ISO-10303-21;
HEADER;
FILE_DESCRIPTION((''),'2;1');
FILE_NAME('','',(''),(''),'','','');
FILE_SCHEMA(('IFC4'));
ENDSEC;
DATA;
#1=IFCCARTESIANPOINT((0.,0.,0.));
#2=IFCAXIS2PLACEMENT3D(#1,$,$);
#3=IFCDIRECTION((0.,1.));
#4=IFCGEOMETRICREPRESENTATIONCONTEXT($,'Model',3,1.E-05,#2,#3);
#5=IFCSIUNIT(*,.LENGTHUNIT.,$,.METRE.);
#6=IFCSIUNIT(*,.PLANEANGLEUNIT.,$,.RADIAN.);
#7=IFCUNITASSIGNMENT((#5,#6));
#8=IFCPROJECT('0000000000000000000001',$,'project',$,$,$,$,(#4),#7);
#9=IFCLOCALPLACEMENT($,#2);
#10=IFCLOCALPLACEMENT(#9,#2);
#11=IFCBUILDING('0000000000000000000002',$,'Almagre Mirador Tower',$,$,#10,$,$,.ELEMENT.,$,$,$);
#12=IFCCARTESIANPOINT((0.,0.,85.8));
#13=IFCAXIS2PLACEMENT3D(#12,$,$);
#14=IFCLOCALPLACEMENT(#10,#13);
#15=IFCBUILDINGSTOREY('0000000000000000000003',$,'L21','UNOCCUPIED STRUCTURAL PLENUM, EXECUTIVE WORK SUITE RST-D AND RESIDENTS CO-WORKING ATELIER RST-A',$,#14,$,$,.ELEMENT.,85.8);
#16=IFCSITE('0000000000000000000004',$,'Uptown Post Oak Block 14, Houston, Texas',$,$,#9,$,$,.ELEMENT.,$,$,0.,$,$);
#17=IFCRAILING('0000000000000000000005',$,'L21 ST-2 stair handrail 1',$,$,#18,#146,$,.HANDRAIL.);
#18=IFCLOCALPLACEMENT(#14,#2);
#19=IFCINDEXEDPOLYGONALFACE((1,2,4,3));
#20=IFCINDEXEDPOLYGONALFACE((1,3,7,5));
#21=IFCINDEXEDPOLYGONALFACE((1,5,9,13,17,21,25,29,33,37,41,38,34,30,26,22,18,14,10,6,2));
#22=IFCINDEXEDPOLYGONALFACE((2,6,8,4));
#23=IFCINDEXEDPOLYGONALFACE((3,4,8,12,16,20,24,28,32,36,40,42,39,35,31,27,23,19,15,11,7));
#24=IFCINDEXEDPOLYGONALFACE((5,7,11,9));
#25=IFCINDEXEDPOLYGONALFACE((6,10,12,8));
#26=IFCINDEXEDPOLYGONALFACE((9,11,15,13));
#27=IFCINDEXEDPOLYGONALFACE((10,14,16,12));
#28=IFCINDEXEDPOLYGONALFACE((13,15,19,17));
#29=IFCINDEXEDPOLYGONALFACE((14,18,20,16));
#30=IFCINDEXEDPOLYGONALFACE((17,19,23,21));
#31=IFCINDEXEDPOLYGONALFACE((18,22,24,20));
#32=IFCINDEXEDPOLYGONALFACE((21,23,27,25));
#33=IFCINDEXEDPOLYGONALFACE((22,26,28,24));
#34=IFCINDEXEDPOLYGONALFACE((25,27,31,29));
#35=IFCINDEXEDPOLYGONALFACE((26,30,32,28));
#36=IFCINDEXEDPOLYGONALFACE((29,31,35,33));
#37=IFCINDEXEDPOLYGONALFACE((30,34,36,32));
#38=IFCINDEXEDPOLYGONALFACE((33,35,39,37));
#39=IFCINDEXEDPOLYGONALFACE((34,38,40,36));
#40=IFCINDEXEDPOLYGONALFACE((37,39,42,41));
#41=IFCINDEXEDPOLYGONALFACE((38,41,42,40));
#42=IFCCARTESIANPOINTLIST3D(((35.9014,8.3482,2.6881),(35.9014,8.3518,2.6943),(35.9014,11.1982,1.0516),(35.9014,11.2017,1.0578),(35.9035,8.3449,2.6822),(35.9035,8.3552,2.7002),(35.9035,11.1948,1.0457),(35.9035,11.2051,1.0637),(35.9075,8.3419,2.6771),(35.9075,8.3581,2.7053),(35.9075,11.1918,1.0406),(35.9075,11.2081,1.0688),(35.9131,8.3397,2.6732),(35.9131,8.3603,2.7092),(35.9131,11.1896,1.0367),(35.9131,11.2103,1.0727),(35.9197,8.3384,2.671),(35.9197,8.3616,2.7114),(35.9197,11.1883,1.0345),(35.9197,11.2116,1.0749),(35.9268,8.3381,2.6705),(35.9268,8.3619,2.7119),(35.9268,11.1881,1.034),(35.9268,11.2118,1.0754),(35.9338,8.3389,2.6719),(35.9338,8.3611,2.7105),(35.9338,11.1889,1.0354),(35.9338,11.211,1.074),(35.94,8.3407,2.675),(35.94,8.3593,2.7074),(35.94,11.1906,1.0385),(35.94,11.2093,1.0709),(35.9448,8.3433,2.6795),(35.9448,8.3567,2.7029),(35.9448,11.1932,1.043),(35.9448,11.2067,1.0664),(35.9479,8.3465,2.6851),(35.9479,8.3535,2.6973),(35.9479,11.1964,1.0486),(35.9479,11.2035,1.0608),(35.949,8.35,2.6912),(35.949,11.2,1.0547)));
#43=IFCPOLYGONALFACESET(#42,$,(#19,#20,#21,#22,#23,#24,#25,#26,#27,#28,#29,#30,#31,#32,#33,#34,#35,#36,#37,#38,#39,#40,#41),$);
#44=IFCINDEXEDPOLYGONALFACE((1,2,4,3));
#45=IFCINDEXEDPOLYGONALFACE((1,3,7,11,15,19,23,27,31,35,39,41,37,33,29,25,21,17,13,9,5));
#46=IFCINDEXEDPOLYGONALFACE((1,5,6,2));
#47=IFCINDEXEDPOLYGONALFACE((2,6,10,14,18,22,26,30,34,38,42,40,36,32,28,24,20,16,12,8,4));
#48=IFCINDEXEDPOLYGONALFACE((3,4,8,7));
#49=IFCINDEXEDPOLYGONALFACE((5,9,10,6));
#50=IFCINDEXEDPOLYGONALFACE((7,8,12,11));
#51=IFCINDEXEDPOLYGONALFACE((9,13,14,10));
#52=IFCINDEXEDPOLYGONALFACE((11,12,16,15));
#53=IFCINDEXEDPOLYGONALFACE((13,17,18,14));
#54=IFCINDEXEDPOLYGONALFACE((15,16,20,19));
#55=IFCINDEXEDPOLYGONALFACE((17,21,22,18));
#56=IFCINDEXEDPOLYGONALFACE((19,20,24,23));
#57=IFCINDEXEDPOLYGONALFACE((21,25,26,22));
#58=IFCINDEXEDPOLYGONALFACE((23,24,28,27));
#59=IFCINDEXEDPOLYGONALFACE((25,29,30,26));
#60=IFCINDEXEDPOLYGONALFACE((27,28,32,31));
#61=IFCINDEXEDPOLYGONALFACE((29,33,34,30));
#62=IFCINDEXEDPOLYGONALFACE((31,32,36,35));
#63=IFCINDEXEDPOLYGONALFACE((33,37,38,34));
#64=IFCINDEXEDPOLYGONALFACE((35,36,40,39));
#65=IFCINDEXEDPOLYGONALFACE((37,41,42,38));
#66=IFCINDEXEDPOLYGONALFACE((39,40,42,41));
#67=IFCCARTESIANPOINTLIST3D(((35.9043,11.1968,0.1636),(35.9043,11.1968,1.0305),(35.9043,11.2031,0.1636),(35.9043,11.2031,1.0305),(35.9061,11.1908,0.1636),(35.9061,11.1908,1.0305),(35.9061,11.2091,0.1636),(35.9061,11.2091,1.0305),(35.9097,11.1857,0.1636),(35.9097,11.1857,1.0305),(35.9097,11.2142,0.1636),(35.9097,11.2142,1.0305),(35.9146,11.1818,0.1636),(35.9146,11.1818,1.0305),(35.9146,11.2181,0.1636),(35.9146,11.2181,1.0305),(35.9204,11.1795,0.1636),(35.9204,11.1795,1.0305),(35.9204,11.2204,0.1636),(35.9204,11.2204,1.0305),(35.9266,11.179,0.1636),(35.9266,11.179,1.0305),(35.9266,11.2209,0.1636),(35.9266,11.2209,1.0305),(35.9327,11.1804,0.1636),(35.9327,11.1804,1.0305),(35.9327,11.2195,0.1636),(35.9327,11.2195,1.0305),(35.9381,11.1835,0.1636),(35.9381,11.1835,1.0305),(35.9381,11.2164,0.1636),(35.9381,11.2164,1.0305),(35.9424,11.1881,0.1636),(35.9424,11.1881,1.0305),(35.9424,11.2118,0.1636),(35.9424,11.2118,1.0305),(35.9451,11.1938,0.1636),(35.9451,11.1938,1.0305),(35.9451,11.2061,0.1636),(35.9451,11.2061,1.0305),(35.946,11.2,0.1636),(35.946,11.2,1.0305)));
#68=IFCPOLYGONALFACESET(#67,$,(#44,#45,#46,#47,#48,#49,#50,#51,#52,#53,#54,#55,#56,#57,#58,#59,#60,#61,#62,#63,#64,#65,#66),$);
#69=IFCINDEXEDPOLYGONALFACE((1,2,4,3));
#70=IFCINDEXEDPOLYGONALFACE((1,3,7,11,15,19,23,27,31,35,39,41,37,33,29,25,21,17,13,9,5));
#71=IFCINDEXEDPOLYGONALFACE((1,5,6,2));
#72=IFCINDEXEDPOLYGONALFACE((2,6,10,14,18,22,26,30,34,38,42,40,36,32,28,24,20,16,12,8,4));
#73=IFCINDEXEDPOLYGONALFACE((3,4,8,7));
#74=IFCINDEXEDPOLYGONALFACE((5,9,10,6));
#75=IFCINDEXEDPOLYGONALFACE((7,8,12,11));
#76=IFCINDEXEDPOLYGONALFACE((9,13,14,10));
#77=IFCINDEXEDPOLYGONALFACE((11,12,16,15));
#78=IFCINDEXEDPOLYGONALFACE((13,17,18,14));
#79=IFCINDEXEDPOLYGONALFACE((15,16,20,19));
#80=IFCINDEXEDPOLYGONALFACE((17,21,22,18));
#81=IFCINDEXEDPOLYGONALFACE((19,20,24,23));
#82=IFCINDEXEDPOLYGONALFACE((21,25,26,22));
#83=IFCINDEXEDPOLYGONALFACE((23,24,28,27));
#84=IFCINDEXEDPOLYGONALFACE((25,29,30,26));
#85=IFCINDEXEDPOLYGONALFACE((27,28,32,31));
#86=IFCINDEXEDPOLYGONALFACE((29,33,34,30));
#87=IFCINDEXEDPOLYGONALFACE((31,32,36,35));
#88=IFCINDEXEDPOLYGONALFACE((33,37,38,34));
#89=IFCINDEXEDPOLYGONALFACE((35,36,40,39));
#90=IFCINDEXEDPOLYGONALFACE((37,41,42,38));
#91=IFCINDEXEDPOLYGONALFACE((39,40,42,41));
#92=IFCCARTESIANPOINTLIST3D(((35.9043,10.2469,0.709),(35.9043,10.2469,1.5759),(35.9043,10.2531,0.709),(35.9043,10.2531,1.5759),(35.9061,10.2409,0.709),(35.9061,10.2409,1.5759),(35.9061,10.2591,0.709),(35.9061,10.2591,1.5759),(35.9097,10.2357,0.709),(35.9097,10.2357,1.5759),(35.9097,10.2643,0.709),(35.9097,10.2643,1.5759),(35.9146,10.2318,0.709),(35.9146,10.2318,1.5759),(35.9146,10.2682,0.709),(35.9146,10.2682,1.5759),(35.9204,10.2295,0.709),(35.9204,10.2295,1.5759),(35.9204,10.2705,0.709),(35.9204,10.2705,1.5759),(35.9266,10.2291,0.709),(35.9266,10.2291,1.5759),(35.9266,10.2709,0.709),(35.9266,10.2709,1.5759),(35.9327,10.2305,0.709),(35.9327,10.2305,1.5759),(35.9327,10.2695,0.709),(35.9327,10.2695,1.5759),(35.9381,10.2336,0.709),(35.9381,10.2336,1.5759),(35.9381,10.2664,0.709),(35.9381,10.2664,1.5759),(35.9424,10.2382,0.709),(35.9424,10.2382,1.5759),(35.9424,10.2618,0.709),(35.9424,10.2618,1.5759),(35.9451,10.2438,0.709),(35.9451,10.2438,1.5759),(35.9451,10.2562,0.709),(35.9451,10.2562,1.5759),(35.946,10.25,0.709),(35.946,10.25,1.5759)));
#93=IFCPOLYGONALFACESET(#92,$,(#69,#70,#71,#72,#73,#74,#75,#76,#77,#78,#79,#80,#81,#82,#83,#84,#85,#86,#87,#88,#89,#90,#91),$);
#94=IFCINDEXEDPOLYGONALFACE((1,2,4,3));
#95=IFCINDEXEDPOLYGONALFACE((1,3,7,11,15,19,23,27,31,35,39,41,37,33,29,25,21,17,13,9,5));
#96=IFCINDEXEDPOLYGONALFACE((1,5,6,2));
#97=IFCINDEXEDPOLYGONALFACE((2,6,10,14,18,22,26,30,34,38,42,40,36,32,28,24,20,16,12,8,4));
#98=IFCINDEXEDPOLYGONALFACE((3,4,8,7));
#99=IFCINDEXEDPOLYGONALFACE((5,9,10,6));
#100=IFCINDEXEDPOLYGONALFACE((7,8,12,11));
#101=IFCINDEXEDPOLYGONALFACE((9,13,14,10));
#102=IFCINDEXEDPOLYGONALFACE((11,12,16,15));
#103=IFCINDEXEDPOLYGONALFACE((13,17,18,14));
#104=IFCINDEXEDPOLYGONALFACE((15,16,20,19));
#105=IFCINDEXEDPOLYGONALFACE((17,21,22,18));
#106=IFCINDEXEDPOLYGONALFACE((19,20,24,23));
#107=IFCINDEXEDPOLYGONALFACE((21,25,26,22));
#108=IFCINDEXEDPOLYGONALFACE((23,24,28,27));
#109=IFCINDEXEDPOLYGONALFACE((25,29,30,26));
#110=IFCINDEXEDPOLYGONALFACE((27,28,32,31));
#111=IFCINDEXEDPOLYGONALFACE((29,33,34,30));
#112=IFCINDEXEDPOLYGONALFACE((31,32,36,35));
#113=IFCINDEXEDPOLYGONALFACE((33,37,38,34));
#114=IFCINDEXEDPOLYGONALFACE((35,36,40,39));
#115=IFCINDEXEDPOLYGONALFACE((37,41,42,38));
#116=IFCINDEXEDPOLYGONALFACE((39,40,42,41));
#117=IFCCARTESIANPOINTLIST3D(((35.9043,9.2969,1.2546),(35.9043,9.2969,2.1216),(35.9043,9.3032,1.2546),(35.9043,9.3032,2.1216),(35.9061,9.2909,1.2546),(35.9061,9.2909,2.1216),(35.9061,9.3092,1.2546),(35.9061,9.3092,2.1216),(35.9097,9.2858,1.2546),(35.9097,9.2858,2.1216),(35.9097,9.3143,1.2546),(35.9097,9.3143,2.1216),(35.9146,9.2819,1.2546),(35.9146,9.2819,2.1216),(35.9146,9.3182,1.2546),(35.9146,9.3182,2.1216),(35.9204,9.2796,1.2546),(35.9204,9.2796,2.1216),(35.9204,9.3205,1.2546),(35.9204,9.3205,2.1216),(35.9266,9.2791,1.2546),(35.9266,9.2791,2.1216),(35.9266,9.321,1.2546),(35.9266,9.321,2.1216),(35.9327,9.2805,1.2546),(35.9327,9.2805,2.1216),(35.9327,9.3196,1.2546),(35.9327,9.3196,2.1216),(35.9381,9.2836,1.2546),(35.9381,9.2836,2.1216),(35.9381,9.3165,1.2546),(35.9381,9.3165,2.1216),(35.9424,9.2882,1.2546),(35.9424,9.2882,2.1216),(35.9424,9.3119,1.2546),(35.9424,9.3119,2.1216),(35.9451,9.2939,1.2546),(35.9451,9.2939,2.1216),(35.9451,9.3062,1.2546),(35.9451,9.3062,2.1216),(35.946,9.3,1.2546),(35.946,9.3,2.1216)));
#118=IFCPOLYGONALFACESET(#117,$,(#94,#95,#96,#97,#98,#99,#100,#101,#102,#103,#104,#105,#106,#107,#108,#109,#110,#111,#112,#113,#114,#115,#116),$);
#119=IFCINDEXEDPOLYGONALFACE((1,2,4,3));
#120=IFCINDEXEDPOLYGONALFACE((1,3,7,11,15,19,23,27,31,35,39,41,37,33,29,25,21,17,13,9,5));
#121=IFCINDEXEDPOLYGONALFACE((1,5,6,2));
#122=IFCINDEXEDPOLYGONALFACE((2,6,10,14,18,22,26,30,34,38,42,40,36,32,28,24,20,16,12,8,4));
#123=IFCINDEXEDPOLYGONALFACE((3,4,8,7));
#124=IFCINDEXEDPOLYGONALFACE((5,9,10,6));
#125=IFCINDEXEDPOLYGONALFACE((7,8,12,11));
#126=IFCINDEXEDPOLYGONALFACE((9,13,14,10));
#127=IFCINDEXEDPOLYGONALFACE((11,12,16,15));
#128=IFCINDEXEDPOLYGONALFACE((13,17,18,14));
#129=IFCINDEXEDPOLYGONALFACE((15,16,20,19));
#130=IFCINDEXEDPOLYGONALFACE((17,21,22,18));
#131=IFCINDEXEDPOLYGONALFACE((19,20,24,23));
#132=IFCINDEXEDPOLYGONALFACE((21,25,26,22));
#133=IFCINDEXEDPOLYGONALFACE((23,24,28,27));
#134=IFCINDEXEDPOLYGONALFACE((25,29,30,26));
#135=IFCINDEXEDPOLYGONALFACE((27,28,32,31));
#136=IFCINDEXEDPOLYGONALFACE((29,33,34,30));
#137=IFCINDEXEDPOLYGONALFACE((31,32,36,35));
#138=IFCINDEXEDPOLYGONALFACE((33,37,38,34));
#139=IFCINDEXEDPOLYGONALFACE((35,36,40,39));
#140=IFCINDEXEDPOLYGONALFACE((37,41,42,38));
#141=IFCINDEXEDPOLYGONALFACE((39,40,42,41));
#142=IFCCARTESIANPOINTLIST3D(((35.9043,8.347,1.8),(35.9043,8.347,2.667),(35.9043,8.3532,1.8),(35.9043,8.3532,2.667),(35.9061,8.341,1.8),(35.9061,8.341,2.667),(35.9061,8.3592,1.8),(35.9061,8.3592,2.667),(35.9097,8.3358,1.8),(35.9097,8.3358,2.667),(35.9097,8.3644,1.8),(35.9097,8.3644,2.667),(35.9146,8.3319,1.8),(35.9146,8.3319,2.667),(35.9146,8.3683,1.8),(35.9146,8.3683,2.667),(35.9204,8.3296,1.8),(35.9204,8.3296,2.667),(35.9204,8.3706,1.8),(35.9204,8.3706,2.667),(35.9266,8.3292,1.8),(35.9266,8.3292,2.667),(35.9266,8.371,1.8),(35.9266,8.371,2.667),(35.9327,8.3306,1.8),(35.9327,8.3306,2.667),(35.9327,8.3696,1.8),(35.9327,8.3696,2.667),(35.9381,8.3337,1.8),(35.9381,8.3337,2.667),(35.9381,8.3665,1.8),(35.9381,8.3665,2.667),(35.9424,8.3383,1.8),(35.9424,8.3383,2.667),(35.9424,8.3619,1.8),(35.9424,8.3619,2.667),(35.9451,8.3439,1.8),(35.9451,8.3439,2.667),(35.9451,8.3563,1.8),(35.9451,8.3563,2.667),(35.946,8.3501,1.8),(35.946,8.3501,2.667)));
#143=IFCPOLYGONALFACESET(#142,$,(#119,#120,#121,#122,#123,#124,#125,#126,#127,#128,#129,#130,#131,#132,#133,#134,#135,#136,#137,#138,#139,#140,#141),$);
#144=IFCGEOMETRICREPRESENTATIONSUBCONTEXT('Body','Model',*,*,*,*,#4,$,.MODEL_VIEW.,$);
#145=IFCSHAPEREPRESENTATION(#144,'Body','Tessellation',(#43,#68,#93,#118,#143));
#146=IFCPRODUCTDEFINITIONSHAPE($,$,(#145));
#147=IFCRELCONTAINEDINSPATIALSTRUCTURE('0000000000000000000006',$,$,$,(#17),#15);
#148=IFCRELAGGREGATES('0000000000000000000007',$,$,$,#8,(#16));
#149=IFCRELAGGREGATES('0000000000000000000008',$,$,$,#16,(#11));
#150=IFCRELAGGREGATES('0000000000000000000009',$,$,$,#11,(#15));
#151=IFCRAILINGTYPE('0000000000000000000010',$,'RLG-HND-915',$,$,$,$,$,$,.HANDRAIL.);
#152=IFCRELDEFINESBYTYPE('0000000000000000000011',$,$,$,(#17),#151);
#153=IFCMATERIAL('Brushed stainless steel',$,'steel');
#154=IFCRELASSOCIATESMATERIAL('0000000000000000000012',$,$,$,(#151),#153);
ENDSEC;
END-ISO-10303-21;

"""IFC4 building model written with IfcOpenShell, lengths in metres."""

from ifc_helpers import new_model, si_unit, direction, frame, origin, origin_2d, place, context, subcontext, project, spatial, circle, extrude, material, type_object, element, save


model = new_model("IFC4")

# Units and contexts
model_context = context("Model", 3, precision=1e-05, world=origin(), true_north=direction((0.0, 1.0)))
body_context = subcontext(model_context, "Body", "Model", "MODEL_VIEW")
ifc_project = project(units=[si_unit("LENGTHUNIT", "METRE"), si_unit("PLANEANGLEUNIT", "RADIAN")], contexts=[model_context])

# Site, building, storey
site_placement = place(None, origin())
site = spatial("IfcSite", under=ifc_project, at=site_placement, Name="Uptown Post Oak Block 14, Houston, Texas", CompositionType="ELEMENT", RefElevation=0.0)
building_placement = place(site_placement, origin())
building = spatial("IfcBuilding", under=site, at=building_placement, Name="Almagre Mirador Tower", CompositionType="ELEMENT")
storey_placement = place(building_placement, frame((0.0, 0.0, 85.8)))
storey = spatial("IfcBuildingStorey", under=building, at=storey_placement, Name="L21", Description="UNOCCUPIED STRUCTURAL PLENUM, EXECUTIVE WORK SUITE RST-D AND RESIDENTS CO-WORKING ATELIER RST-A", CompositionType="ELEMENT", Elevation=85.8)

# Railing
ifc_material_1 = material(Name="Brushed stainless steel", Category="steel")
railing_type_1 = type_object("IfcRailingType", Name="RLG-HND-915", PredefinedType="HANDRAIL", material=ifc_material_1)
railing_1_placement = place(storey_placement, frame((35.925, 11.2, 0.1636)))
element("IfcRailing", 1, at=railing_1_placement, inside=storey, type_object=railing_type_1, Name="L21 ST-2 stair handrail 1", PredefinedType="HANDRAIL", context=body_context, shape_type="SweptSolid", body=[
    extrude(circle(Radius=0.0239, at=origin_2d()), frame((0.0, 0.0, 0.8911), z_axis=(0.0, -0.867194, 0.49797), x_axis=(1.0, 0.0, 0.0)), (0.0, 0.0, 1.0), 3.2864),
    extrude(circle(Radius=0.021, at=origin_2d()), origin(), (0.0, 0.0, 1.0), 0.8669),
    extrude(circle(Radius=0.021, at=origin_2d()), frame((0.0, -0.95, 0.5454)), (0.0, 0.0, 1.0), 0.8669),
    extrude(circle(Radius=0.021, at=origin_2d()), frame((0.0, -1.8999, 1.0911)), (0.0, 0.0, 1.0), 0.8669),
    extrude(circle(Radius=0.021, at=origin_2d()), frame((0.0, -2.8499, 1.6365)), (0.0, 0.0, 1.0), 0.8669),
])

save(model, "model.ifc")
